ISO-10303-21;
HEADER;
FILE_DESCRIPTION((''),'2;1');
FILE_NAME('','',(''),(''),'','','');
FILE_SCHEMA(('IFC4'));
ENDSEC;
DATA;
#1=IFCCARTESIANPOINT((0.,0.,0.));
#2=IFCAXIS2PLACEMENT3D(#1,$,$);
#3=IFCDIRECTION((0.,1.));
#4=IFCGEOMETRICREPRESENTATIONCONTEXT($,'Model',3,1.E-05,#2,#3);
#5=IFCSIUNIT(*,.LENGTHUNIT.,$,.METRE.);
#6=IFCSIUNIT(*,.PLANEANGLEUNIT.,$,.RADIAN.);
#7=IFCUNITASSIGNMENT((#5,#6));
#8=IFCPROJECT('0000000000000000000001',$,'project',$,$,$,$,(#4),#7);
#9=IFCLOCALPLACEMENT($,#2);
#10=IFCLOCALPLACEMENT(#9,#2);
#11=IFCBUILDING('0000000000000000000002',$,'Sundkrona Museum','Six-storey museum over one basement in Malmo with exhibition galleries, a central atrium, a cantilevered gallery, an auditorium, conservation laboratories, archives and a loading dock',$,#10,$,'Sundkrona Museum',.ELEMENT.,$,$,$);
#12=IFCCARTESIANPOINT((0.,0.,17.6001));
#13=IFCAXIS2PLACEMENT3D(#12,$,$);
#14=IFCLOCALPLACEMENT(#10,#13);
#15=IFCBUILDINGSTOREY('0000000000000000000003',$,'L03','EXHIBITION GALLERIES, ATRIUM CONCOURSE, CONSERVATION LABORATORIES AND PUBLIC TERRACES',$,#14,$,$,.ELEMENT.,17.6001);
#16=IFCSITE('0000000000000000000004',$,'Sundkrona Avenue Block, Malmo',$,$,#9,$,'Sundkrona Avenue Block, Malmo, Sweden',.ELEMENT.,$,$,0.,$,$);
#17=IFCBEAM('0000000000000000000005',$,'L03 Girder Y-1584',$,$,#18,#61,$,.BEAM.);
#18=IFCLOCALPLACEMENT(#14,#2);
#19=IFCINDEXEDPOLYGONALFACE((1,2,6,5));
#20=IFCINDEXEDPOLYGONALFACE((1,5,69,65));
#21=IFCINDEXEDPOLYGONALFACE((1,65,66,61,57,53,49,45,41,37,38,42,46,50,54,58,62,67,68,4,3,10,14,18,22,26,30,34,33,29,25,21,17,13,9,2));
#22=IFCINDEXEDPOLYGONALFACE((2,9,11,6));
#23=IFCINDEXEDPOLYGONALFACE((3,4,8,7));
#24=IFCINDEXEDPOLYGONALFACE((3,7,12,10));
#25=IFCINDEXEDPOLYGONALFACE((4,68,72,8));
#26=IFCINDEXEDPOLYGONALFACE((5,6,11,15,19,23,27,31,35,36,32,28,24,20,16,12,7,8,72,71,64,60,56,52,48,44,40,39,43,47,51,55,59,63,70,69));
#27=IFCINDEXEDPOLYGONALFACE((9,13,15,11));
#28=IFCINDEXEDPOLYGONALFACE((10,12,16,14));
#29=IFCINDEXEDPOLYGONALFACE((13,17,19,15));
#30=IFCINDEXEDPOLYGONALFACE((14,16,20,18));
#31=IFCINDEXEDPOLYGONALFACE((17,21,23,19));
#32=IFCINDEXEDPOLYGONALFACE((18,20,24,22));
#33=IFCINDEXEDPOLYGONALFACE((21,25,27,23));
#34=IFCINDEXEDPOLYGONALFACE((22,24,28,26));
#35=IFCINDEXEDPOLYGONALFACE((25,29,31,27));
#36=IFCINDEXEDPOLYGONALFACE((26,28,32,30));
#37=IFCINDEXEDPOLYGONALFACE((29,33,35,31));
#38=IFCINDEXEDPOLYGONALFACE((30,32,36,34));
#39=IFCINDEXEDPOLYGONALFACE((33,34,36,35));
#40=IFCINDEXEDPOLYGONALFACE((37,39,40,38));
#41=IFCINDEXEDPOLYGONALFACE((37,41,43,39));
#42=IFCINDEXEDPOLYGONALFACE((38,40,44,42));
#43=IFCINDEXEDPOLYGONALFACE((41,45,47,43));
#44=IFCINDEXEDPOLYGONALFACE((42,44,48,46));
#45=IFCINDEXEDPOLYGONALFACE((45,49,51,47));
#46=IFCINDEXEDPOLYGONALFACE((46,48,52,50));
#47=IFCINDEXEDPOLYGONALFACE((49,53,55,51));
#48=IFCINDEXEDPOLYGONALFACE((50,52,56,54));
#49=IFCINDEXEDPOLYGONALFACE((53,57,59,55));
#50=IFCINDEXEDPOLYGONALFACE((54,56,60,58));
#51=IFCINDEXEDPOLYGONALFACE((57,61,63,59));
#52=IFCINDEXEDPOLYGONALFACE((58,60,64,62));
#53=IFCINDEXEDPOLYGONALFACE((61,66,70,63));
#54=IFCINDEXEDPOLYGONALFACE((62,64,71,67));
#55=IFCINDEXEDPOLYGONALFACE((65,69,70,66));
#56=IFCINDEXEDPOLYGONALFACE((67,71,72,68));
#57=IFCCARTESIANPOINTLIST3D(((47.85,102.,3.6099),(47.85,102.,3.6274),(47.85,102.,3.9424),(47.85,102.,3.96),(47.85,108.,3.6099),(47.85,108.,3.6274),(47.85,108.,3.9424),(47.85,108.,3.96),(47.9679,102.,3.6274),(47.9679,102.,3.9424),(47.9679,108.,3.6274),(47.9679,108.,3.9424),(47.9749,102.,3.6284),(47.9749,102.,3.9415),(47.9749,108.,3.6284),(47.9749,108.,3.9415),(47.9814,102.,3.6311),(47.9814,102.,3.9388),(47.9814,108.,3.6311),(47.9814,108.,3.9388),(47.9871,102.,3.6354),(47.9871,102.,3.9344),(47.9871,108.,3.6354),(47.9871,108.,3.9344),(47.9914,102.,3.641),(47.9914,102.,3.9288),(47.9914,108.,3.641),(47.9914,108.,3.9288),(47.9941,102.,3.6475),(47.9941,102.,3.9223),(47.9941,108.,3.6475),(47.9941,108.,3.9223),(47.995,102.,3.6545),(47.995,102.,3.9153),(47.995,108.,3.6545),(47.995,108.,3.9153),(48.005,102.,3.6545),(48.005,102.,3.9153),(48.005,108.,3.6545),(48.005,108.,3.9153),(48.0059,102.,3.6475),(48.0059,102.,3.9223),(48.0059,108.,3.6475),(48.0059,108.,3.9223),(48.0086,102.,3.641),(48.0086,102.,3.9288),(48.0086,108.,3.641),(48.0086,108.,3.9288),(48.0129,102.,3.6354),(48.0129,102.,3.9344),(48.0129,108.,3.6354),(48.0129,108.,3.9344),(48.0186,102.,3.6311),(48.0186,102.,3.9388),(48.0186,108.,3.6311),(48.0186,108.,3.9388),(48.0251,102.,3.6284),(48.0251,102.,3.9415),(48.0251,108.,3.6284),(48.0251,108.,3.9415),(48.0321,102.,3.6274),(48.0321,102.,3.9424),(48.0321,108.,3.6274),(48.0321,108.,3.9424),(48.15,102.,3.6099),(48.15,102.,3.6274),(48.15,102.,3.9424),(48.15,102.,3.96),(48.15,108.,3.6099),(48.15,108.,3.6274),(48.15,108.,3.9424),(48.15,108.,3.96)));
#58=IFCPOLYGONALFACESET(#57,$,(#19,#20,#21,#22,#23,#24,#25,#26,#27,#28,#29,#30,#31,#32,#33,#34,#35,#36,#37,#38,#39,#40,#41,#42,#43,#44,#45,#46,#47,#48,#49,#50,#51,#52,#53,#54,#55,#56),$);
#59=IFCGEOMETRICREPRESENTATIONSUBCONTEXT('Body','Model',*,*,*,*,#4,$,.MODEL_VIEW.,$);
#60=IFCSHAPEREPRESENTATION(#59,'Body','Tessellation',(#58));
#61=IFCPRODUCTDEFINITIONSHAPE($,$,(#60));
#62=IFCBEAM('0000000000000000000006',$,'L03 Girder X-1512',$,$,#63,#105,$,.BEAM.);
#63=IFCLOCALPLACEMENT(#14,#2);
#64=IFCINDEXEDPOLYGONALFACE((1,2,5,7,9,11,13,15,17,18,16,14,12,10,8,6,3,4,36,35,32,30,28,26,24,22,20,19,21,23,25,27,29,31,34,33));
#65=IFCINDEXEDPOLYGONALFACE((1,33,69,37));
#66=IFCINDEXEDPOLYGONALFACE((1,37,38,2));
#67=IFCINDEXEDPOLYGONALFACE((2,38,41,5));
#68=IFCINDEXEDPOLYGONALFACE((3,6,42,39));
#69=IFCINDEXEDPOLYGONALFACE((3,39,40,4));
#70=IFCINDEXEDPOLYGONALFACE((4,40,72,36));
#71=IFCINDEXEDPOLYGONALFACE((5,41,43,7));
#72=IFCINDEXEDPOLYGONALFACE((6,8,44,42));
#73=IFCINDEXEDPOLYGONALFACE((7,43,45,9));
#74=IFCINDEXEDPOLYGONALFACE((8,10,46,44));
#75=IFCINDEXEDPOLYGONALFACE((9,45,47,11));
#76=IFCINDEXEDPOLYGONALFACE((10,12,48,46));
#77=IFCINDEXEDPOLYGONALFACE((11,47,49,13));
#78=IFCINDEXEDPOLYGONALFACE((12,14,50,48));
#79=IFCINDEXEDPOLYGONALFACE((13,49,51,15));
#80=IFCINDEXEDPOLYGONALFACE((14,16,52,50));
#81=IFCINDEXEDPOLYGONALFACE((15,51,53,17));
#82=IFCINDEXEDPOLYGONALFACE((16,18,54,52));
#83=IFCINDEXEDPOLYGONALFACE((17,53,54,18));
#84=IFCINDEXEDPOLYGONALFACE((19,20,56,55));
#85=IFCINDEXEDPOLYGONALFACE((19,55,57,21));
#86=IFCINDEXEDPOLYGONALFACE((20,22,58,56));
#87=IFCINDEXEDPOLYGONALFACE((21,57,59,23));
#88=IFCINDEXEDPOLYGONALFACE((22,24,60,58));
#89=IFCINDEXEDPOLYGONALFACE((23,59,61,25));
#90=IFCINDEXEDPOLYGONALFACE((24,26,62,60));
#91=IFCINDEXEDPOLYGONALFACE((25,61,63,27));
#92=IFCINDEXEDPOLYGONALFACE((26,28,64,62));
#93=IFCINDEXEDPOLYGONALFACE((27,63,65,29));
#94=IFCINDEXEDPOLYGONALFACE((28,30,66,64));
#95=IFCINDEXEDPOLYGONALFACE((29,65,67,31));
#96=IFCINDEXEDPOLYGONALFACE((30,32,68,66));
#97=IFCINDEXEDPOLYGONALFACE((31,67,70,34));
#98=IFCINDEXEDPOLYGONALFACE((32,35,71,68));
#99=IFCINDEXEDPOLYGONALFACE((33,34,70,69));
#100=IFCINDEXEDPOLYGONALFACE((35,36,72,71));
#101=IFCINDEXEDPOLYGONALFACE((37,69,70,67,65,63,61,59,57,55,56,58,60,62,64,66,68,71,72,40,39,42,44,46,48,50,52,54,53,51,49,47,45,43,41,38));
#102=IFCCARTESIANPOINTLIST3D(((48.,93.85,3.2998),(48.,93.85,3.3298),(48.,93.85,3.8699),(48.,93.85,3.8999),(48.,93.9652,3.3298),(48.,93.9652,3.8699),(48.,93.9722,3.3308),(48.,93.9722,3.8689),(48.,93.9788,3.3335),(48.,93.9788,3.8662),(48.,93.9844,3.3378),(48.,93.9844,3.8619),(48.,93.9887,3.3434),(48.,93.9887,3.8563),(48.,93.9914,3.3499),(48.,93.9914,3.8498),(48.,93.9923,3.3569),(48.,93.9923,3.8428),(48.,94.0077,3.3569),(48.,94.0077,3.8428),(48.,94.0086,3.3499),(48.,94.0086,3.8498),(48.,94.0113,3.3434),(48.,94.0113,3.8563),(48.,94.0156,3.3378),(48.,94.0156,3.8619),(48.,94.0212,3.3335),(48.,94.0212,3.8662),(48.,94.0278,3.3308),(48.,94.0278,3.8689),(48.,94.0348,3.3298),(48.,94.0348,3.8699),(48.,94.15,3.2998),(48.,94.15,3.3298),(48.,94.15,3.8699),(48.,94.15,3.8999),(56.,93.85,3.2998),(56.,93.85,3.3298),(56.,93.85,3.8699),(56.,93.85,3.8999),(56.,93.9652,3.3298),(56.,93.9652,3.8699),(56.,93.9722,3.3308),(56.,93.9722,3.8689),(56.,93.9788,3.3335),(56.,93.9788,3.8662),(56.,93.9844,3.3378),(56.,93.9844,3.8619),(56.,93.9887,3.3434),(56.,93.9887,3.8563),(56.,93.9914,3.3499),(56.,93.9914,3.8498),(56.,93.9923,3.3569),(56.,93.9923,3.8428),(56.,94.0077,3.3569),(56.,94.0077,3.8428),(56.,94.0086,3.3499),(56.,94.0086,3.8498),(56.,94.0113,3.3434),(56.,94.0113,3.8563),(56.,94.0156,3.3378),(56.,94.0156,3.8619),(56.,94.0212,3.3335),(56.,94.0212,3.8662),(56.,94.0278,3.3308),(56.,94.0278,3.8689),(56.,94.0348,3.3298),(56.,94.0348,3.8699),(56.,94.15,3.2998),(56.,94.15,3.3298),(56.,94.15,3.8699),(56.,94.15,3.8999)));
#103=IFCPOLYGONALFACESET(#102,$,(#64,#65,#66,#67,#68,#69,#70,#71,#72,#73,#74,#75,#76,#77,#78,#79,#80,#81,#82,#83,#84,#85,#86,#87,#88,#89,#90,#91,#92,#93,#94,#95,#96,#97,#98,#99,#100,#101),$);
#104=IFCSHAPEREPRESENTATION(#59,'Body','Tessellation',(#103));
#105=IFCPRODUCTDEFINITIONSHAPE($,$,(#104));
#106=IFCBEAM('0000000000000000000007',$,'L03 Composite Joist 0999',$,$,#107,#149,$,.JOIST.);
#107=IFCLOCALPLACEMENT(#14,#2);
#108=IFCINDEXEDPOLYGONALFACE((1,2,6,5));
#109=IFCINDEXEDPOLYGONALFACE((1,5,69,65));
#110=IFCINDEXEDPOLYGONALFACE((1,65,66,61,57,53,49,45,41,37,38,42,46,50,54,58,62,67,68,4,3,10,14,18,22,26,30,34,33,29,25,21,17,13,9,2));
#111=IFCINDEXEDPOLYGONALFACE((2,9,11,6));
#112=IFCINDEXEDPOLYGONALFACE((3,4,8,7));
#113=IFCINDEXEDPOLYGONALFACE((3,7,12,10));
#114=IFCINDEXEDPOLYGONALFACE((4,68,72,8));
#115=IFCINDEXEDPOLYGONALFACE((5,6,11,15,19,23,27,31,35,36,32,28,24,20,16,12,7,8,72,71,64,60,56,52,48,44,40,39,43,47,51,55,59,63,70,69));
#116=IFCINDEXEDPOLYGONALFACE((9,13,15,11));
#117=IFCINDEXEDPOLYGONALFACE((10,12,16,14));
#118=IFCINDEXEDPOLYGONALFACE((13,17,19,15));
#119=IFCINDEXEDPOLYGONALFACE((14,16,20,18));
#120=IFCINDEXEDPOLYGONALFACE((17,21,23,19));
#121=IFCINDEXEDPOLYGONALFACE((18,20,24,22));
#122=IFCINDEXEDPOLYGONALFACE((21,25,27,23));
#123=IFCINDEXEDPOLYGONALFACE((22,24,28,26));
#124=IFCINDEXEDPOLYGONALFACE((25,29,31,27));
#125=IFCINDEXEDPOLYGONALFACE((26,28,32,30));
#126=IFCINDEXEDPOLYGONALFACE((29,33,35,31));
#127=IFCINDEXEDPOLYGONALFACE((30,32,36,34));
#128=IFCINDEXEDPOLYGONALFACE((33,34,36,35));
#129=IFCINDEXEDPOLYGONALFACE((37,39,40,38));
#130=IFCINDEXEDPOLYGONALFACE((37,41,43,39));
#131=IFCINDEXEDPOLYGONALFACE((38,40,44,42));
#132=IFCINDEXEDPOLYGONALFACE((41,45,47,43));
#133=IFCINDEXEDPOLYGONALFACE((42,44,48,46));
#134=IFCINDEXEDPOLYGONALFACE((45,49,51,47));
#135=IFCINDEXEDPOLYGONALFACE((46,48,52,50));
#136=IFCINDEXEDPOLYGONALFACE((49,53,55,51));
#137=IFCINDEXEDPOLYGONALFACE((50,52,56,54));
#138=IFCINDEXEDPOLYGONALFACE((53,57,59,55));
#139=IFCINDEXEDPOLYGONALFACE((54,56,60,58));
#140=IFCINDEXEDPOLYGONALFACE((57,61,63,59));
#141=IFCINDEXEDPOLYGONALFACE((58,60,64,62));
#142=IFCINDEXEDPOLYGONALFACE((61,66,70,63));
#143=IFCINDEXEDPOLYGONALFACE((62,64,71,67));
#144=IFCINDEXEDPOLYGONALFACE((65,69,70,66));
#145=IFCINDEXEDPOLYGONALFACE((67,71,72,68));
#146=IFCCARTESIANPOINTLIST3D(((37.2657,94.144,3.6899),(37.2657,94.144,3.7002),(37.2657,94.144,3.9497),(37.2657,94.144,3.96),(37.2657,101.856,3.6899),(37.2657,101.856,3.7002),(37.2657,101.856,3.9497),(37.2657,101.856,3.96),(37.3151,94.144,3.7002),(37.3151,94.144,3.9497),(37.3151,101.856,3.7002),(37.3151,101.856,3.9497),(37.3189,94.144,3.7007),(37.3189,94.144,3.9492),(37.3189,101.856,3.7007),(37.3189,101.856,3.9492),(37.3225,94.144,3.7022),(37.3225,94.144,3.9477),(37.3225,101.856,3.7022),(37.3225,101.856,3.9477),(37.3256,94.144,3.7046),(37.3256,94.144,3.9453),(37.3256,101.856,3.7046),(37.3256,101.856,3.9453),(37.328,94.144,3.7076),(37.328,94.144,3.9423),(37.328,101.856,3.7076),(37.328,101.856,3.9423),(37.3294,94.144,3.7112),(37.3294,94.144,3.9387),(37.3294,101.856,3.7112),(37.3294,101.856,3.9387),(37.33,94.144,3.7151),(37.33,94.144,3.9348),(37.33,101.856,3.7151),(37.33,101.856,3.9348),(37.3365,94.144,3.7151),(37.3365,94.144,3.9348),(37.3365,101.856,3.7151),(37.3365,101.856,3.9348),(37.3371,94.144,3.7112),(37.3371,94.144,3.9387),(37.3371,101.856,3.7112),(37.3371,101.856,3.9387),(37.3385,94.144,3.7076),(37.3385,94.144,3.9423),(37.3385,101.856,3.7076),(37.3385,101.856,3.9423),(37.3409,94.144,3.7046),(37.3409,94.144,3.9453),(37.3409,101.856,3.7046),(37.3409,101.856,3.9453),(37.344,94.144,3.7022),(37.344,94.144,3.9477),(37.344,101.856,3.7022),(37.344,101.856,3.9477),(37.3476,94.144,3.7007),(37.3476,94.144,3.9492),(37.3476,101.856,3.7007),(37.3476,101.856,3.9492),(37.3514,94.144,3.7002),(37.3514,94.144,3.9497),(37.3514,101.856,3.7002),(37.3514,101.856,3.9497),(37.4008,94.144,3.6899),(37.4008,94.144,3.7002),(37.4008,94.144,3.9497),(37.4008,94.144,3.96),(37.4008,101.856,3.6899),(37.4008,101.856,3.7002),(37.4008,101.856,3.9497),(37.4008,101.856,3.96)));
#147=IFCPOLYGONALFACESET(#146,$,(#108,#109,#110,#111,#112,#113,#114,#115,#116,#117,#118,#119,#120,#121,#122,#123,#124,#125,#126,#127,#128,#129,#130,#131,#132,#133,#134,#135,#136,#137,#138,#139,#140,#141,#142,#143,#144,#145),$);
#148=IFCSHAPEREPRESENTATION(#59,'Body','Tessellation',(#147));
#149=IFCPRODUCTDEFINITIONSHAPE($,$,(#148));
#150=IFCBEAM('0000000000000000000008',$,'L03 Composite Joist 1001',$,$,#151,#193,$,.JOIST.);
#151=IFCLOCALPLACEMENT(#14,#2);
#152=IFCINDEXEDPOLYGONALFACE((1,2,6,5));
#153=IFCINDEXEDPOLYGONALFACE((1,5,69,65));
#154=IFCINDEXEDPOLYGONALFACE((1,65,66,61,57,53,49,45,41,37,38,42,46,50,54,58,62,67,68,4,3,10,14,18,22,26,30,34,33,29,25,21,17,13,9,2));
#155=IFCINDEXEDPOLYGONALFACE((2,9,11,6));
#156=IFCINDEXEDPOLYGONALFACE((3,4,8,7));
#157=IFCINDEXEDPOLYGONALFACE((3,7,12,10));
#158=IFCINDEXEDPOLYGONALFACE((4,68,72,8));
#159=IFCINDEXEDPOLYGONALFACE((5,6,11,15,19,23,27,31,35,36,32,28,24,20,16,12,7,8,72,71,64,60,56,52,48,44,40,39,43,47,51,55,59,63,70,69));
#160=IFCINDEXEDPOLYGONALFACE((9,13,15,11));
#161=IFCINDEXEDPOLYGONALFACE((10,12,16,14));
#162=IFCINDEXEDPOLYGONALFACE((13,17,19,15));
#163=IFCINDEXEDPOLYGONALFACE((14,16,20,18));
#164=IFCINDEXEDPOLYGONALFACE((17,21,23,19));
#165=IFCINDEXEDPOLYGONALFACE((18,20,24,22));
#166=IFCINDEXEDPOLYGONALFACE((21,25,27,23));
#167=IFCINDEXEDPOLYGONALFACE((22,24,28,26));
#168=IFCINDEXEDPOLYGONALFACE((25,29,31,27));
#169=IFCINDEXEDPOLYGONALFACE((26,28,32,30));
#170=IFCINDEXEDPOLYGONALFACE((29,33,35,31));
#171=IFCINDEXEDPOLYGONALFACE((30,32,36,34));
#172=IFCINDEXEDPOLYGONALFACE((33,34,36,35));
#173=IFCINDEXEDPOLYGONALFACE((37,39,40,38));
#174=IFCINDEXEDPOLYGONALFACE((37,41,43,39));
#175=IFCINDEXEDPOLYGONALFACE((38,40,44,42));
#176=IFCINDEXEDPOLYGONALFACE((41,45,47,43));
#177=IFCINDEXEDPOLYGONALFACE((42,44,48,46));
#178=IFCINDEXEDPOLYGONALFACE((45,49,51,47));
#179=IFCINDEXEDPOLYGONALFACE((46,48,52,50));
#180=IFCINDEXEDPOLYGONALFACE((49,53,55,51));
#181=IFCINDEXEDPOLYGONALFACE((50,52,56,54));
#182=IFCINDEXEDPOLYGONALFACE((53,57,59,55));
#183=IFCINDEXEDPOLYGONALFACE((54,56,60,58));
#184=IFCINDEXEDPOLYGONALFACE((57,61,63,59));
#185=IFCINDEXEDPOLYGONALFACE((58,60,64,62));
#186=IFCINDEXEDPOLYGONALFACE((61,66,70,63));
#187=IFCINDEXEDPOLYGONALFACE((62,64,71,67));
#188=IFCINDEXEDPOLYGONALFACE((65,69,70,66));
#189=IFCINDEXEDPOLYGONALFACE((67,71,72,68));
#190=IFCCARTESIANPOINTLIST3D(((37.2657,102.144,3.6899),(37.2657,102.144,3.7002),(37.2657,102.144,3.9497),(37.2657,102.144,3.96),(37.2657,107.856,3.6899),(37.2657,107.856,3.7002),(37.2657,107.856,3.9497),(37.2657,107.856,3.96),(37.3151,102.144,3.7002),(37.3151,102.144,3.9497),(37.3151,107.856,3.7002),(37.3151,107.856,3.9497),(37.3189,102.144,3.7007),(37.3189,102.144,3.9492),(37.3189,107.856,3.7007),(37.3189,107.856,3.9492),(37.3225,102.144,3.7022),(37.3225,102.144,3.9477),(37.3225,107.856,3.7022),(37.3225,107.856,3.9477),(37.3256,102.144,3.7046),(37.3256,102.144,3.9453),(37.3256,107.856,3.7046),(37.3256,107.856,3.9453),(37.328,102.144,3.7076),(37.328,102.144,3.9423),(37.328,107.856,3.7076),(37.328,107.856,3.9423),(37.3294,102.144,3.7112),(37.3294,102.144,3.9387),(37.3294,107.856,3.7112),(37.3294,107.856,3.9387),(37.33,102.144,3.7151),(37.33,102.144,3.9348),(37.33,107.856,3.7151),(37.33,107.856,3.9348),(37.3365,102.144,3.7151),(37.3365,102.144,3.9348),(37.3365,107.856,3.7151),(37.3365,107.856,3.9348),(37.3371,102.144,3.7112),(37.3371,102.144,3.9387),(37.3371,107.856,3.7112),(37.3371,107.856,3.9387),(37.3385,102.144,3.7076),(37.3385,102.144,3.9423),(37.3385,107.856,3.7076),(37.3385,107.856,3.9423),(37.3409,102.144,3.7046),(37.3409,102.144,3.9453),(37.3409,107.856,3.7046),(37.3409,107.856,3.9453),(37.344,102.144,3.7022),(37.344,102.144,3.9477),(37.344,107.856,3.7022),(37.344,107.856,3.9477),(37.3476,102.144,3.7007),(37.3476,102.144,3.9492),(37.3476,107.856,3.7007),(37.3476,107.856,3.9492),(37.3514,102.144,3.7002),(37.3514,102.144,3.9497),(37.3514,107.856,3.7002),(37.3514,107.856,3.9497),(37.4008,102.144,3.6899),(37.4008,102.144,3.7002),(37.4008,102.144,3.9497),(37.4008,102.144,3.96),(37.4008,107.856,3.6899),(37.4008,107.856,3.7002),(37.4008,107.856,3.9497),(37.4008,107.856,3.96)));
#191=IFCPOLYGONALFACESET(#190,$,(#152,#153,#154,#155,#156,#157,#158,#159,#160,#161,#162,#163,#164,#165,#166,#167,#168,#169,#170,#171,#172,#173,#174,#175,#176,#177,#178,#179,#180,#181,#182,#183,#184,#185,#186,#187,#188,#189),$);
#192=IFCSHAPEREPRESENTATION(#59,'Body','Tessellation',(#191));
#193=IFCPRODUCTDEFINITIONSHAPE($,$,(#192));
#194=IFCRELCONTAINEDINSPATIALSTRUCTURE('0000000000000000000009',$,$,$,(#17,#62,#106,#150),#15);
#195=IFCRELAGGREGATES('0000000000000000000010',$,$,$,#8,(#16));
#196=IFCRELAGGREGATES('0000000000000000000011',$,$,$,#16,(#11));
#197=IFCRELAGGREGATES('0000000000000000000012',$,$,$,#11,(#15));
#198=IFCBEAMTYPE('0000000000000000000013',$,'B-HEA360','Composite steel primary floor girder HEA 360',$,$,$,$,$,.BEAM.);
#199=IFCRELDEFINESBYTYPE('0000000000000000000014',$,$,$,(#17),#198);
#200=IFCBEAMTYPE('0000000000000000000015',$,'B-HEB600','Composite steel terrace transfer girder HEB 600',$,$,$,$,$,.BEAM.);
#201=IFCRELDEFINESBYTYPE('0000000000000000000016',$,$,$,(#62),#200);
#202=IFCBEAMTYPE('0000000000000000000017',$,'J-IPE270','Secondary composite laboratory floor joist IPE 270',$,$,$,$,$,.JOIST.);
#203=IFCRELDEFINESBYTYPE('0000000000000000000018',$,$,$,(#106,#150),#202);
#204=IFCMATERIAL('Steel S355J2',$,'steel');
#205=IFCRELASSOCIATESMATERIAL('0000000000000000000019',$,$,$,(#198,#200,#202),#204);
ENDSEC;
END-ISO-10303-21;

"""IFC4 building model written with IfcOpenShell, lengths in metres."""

from ifc_helpers import new_model, si_unit, direction, frame, origin, origin_2d, place, context, subcontext, project, spatial, i_section, extrude, material, material_profile, profile_set, type_object, element, save


model = new_model("IFC4")

# Units and contexts
model_context = context("Model", 3, precision=1e-05, world=origin(), true_north=direction((0.0, 1.0)))
body_context = subcontext(model_context, "Body", "Model", "MODEL_VIEW")
ifc_project = project(units=[si_unit("LENGTHUNIT", "METRE"), si_unit("PLANEANGLEUNIT", "RADIAN")], contexts=[model_context])

# Site, building, storey
site_placement = place(None, origin())
site = spatial("IfcSite", under=ifc_project, at=site_placement, Name="Sundkrona Avenue Block, Malmo", LongName="Sundkrona Avenue Block, Malmo, Sweden", CompositionType="ELEMENT", RefElevation=0.0)
building_placement = place(site_placement, origin())
building = spatial("IfcBuilding", under=site, at=building_placement, Name="Sundkrona Museum", Description="Six-storey museum over one basement in Malmo with exhibition galleries, a central atrium, a cantilevered gallery, an auditorium, conservation laboratories, archives and a loading dock", LongName="Sundkrona Museum", CompositionType="ELEMENT")
storey_placement = place(building_placement, frame((0.0, 0.0, 17.6001)))
storey = spatial("IfcBuildingStorey", under=building, at=storey_placement, Name="L03", Description="EXHIBITION GALLERIES, ATRIUM CONCOURSE, CONSERVATION LABORATORIES AND PUBLIC TERRACES", CompositionType="ELEMENT", Elevation=17.6001)

# Shared definitions
ifc_material_1 = material(Name="Steel S355J2", Category="steel")

# Beams
ifc_material_profile_1 = material_profile(ifc_material_1, i_section(OverallWidth=0.3, OverallDepth=0.3501, WebThickness=0.01, FlangeThickness=0.0176, FilletRadius=0.0271, at=origin_2d()), Name="HEA 360")
ifc_profile_set_1 = profile_set([ifc_material_profile_1], Name="Steel S355J2")
beam_type_1 = type_object("IfcBeamType", Name="B-HEA360", Description="Composite steel primary floor girder HEA 360", PredefinedType="BEAM", material=ifc_profile_set_1)
beam_1_placement = place(storey_placement, frame((48.0, 102.0, 3.7849), z_axis=(0.0, 1.0, 0.0), x_axis=(-1.0, 0.0, 0.0)))
element("IfcBeam", 1, at=beam_1_placement, inside=storey, type_object=beam_type_1, Name="L03 Girder Y-1584", PredefinedType="BEAM", context=body_context, shape_type="SweptSolid", body=[
    extrude(i_section(OverallWidth=0.3, OverallDepth=0.3501, WebThickness=0.01, FlangeThickness=0.0176, FilletRadius=0.0271, at=origin_2d()), origin(), (0.0, 0.0, 1.0), 6.0),
])
ifc_material_profile_2 = material_profile(ifc_material_1, i_section(OverallWidth=0.3, OverallDepth=0.6001, WebThickness=0.0154, FlangeThickness=0.03, FilletRadius=0.0271, at=origin_2d()), Name="HEB 600")
ifc_profile_set_2 = profile_set([ifc_material_profile_2], Name="Steel S355J2")
beam_type_2 = type_object("IfcBeamType", Name="B-HEB600", Description="Composite steel terrace transfer girder HEB 600", PredefinedType="BEAM", material=ifc_profile_set_2)
beam_2_placement = place(storey_placement, frame((48.0, 94.0, 3.5999), z_axis=(1.0, 0.0, 0.0), x_axis=(0.0, 1.0, 0.0)))
element("IfcBeam", 2, at=beam_2_placement, inside=storey, type_object=beam_type_2, Name="L03 Girder X-1512", PredefinedType="BEAM", context=body_context, shape_type="SweptSolid", body=[
    extrude(i_section(OverallWidth=0.3, OverallDepth=0.6001, WebThickness=0.0154, FlangeThickness=0.03, FilletRadius=0.0271, at=origin_2d()), origin(), (0.0, 0.0, 1.0), 8.0),
])
ifc_material_profile_3 = material_profile(ifc_material_1, i_section(OverallWidth=0.135, OverallDepth=0.27, WebThickness=0.0066, FlangeThickness=0.0103, FilletRadius=0.0149, at=origin_2d()), Name="IPE 270")
ifc_profile_set_3 = profile_set([ifc_material_profile_3], Name="Steel S355J2")
beam_type_3 = type_object("IfcBeamType", Name="J-IPE270", Description="Secondary composite laboratory floor joist IPE 270", PredefinedType="JOIST", material=ifc_profile_set_3)
beam_3_placement = place(storey_placement, frame((37.3333, 94.144, 3.825), z_axis=(0.0, 1.0, 0.0), x_axis=(-1.0, 0.0, 0.0)))
element("IfcBeam", 3, at=beam_3_placement, inside=storey, type_object=beam_type_3, Name="L03 Composite Joist 0999", PredefinedType="JOIST", context=body_context, shape_type="SweptSolid", body=[
    extrude(i_section(OverallWidth=0.135, OverallDepth=0.27, WebThickness=0.0066, FlangeThickness=0.0103, FilletRadius=0.0149, at=origin_2d()), origin(), (0.0, 0.0, 1.0), 7.7119),
])
beam_4_placement = place(storey_placement, frame((37.3333, 102.144, 3.825), z_axis=(0.0, 1.0, 0.0), x_axis=(-1.0, 0.0, 0.0)))
element("IfcBeam", 4, at=beam_4_placement, inside=storey, type_object=beam_type_3, Name="L03 Composite Joist 1001", PredefinedType="JOIST", context=body_context, shape_type="SweptSolid", body=[
    extrude(i_section(OverallWidth=0.135, OverallDepth=0.27, WebThickness=0.0066, FlangeThickness=0.0103, FilletRadius=0.0149, at=origin_2d()), origin(), (0.0, 0.0, 1.0), 5.7119),
])

save(model, "model.ifc")
